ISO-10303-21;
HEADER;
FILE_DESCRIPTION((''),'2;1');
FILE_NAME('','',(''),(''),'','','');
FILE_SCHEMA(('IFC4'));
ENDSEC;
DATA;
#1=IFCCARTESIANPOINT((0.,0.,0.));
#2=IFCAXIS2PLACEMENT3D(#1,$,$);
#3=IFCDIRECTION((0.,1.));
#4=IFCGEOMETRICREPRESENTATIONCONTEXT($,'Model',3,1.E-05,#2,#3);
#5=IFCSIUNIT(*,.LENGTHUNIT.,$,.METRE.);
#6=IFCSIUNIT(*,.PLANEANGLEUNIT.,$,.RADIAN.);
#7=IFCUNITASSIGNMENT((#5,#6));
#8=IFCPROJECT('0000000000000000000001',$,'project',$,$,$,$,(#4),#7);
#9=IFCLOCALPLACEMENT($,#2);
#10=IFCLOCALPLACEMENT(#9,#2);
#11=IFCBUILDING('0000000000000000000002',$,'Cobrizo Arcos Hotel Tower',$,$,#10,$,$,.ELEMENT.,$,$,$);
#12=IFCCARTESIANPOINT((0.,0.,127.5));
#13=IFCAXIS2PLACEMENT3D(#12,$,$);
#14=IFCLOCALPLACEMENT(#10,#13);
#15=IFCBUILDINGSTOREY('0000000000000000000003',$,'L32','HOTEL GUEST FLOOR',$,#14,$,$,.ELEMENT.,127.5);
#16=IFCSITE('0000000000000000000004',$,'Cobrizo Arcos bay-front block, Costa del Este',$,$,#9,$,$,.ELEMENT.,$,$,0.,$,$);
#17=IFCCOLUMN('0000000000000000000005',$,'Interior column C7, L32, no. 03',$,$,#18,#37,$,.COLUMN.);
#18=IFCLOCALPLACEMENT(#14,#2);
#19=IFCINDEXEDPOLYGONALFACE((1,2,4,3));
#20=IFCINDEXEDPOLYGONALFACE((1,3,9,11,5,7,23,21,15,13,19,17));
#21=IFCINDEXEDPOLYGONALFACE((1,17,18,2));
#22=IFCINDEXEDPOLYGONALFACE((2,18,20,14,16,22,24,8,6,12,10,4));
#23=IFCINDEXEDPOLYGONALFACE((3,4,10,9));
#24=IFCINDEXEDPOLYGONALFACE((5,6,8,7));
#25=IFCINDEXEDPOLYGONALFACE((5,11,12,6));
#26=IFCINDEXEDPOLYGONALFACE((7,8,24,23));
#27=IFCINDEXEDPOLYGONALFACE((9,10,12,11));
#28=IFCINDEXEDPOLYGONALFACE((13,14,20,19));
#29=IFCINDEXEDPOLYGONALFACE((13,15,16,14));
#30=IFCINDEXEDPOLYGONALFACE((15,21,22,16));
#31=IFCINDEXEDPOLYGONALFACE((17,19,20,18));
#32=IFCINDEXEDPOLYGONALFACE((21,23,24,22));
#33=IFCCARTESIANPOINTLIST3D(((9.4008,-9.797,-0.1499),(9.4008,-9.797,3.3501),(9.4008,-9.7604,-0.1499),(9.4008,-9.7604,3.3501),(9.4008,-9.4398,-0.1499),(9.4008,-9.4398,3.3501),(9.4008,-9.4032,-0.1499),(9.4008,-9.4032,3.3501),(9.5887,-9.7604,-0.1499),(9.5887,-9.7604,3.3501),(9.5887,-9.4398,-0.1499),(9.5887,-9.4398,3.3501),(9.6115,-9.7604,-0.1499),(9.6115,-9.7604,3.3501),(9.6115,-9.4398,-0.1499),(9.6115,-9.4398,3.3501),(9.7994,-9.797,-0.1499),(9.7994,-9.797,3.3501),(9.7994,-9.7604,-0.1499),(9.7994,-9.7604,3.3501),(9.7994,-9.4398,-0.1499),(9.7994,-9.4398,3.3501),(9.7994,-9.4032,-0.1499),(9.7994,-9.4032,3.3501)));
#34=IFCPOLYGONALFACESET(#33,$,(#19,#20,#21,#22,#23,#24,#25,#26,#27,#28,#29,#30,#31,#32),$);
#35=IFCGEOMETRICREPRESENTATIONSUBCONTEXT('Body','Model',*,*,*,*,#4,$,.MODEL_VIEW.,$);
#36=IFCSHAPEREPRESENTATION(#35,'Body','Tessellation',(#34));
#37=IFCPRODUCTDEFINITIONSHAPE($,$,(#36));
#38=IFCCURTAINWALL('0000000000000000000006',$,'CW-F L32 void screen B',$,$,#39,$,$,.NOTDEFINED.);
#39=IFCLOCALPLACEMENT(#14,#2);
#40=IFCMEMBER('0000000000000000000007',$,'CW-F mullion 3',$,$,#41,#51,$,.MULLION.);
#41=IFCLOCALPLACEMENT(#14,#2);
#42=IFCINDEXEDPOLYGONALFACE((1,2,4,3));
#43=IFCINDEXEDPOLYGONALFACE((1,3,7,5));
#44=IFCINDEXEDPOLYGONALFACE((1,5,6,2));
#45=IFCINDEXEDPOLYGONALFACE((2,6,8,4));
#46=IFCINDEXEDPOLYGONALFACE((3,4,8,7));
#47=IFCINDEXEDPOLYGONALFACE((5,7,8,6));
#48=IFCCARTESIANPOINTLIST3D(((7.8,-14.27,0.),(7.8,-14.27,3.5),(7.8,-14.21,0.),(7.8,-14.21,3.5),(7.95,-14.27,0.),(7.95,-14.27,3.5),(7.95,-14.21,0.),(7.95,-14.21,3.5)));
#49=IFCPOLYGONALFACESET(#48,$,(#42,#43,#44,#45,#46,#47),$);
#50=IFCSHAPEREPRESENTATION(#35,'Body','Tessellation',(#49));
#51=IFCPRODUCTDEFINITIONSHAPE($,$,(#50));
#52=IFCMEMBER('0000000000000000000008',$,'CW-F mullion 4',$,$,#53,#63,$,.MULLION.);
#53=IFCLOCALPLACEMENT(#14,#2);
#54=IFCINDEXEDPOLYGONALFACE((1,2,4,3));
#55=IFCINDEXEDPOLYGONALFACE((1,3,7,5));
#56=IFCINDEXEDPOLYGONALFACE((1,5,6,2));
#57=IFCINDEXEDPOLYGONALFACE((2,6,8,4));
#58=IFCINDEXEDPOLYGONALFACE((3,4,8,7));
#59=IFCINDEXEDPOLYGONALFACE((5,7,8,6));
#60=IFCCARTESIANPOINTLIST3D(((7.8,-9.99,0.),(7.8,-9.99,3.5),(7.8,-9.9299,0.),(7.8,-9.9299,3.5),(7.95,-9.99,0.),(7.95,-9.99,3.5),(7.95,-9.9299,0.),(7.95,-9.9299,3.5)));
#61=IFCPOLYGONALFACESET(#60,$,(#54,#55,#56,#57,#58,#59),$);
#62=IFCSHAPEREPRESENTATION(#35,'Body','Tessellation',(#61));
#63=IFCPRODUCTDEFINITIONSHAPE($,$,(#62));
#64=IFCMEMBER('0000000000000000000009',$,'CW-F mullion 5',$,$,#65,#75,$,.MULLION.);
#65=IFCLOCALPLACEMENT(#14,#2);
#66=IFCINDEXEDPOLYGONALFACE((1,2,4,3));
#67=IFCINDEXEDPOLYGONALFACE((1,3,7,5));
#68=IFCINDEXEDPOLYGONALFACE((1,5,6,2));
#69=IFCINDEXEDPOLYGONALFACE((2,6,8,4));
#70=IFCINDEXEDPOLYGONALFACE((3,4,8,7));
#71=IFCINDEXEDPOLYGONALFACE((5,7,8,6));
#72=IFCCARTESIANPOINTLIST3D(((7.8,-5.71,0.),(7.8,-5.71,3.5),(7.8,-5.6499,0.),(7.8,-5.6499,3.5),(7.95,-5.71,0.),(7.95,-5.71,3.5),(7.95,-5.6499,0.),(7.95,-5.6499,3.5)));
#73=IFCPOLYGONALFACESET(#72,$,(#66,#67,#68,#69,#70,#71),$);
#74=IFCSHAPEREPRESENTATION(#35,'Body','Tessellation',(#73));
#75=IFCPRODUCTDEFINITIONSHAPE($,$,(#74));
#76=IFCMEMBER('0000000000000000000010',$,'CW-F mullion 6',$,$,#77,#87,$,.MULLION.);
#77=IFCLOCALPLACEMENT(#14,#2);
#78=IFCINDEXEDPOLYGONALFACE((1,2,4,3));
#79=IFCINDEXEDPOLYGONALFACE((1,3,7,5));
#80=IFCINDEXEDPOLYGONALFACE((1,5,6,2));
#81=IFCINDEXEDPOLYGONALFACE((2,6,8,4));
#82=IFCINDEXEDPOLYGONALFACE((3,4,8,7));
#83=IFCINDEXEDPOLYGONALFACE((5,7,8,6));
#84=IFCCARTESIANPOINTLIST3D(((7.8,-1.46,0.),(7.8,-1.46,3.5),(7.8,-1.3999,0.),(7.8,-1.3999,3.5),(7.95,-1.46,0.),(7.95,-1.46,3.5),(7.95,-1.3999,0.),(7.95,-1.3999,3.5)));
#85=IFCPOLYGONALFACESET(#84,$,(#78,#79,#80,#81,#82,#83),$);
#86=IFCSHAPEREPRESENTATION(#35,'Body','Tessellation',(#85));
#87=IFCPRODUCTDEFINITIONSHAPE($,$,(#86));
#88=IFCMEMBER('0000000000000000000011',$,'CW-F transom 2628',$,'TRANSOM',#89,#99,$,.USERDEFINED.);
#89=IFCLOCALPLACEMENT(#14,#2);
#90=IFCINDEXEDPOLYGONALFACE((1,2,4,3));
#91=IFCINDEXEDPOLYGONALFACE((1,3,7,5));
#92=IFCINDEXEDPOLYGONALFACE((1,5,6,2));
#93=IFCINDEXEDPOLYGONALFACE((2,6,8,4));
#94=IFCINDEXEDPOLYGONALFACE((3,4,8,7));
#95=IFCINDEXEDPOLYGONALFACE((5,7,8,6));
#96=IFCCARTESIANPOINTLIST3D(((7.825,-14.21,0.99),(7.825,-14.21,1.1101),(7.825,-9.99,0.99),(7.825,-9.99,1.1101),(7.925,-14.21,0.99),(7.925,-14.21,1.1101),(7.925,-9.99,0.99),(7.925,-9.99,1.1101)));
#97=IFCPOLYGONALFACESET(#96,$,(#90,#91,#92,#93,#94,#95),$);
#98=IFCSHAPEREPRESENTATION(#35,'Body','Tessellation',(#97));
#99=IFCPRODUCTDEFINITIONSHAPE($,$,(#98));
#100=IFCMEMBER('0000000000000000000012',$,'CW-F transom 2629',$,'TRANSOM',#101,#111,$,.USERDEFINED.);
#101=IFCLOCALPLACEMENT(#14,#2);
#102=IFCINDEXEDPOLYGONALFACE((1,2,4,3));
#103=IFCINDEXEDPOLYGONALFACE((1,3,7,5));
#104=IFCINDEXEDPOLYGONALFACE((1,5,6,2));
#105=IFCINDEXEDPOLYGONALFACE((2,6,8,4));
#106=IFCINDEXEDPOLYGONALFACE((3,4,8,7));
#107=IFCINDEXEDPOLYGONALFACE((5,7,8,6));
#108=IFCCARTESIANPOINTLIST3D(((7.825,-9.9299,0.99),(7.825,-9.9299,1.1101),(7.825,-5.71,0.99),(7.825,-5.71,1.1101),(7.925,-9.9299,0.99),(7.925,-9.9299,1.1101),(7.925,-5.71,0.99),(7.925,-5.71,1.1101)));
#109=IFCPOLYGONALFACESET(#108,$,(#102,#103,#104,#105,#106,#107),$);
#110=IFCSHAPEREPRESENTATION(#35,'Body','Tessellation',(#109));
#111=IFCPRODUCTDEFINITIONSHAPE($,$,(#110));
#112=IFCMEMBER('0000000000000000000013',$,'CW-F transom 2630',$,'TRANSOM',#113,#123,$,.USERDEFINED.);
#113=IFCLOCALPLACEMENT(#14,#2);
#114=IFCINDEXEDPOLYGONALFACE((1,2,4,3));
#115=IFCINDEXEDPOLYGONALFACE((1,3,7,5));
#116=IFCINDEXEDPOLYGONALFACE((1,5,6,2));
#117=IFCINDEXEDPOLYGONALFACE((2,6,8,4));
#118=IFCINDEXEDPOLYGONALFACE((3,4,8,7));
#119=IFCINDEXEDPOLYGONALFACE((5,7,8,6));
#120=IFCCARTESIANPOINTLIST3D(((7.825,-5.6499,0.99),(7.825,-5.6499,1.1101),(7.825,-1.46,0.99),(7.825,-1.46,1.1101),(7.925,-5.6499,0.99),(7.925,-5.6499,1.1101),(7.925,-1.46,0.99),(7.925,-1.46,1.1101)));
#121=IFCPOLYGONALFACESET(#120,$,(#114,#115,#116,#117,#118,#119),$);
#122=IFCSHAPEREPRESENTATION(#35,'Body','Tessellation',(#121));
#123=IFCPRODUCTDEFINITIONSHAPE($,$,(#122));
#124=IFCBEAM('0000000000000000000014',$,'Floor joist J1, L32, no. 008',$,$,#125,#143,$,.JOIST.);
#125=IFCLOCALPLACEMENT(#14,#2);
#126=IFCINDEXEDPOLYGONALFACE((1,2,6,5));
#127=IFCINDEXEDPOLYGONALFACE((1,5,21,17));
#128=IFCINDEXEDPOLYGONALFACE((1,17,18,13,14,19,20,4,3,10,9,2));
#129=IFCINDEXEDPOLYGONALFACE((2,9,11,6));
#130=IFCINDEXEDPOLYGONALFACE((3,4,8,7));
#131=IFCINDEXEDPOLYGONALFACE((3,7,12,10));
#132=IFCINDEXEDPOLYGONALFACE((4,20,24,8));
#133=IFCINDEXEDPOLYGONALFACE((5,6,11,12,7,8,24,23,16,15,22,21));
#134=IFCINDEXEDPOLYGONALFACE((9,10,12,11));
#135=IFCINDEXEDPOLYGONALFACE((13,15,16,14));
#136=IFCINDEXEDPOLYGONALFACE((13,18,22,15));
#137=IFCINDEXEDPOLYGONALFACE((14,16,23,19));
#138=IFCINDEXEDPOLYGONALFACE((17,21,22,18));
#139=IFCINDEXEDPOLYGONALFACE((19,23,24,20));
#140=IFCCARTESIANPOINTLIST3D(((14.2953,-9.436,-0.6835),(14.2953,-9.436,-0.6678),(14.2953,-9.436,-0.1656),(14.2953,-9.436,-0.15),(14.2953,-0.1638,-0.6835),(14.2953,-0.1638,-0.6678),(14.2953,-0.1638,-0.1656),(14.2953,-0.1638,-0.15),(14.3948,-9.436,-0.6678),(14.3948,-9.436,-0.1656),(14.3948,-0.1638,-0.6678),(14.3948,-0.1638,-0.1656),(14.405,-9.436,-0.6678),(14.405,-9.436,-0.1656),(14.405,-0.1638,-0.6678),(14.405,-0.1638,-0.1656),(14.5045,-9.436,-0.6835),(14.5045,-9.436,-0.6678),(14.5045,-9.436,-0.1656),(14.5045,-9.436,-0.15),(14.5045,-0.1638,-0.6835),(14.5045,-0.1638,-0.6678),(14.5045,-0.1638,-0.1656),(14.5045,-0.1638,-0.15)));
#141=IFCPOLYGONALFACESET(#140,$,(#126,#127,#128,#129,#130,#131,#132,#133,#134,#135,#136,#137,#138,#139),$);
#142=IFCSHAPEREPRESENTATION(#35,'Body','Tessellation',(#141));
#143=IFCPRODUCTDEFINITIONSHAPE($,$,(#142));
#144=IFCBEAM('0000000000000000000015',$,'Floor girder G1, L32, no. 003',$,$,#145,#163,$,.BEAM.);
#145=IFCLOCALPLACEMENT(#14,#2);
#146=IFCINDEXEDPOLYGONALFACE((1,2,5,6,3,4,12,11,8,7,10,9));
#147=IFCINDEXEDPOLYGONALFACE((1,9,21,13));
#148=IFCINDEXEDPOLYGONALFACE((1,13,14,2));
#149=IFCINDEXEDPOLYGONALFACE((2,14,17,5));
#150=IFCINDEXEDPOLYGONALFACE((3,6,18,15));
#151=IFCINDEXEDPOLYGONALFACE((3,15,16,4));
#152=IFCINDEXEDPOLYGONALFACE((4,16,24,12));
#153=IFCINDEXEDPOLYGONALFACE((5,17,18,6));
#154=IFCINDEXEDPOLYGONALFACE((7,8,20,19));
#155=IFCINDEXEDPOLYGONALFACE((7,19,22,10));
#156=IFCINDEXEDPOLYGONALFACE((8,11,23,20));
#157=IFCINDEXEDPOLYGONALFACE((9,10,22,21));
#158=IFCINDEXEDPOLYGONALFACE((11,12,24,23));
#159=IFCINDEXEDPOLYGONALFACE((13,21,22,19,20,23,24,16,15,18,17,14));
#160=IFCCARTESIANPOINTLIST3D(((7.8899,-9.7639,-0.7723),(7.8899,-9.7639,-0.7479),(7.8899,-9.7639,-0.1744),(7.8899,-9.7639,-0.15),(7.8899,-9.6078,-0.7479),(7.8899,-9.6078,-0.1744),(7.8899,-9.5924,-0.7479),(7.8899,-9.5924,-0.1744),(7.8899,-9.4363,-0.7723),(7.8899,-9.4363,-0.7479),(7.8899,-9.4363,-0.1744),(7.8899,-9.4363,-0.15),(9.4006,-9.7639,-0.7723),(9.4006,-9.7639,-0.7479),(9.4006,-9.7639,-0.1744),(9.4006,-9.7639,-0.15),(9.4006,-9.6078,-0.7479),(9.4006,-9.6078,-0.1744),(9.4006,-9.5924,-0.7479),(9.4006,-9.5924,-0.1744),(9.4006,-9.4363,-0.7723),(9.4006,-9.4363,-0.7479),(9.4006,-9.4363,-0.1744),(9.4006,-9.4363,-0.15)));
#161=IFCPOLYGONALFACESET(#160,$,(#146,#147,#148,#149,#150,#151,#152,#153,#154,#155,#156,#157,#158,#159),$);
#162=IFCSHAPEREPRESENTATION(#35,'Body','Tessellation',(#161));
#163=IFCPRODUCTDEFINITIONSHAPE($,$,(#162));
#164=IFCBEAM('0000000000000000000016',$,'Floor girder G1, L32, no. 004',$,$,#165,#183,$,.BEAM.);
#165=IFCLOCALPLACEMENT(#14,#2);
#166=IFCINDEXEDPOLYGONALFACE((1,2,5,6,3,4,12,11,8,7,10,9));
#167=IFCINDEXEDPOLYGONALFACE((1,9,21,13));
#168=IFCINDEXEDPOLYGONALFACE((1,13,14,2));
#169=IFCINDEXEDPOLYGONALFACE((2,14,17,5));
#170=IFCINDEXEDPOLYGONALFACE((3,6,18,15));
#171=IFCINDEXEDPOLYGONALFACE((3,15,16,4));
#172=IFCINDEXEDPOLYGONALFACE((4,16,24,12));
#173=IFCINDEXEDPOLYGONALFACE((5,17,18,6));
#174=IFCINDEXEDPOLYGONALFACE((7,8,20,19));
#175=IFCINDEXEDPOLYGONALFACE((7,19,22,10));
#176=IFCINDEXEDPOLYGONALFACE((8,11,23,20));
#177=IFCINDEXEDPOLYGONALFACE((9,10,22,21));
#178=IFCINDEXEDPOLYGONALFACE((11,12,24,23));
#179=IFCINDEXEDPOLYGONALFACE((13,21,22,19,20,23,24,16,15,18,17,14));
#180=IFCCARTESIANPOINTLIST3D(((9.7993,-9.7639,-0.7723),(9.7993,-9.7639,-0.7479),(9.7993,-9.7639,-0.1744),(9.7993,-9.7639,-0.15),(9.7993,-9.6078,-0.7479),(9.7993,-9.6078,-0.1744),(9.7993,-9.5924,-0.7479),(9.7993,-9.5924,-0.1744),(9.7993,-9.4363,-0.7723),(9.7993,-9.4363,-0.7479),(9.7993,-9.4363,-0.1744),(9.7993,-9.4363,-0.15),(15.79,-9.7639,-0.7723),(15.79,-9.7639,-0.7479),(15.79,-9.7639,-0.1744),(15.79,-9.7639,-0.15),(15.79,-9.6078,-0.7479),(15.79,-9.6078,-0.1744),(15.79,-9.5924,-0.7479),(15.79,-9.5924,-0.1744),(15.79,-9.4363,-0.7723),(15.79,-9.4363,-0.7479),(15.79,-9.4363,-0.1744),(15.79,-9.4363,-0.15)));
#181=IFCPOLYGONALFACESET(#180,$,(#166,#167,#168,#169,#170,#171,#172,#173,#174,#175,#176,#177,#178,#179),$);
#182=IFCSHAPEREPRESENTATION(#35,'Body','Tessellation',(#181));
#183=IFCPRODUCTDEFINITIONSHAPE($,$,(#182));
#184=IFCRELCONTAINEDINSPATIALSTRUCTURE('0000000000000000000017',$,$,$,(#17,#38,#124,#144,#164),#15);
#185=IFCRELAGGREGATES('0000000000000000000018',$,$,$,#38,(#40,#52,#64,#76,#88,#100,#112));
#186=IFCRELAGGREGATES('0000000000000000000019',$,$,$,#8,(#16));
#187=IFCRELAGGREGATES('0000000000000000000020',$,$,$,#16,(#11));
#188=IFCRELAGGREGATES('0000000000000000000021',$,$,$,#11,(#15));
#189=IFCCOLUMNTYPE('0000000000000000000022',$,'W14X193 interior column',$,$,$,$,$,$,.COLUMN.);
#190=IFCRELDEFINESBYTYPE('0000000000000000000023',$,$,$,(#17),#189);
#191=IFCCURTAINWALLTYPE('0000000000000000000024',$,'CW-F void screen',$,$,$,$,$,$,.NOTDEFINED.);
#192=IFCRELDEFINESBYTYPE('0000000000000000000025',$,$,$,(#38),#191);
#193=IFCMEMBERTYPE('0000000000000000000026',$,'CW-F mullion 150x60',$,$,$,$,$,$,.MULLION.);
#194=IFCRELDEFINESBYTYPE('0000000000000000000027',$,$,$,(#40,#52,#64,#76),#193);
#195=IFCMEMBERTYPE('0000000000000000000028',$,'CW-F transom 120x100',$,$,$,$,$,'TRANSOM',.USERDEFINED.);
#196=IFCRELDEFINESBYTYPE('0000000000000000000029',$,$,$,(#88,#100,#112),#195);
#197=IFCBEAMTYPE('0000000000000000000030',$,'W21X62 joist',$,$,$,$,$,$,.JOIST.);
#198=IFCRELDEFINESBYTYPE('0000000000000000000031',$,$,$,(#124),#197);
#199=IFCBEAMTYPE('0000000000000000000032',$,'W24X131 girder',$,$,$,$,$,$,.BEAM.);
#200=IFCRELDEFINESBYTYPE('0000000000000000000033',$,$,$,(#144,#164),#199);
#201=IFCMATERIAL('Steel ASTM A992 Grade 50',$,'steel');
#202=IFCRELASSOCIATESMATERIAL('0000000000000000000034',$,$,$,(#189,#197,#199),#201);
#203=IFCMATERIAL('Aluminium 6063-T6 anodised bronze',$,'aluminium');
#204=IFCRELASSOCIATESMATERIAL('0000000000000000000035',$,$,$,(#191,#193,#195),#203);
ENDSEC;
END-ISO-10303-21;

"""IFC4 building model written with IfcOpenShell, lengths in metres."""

from ifc_helpers import new_model, si_unit, direction, frame, origin, origin_2d, place, context, subcontext, project, spatial, rectangle, i_section, extrude, material, material_profile, profile_set, type_object, element, aggregate, save


model = new_model("IFC4")

# Units and contexts
model_context = context("Model", 3, precision=1e-05, world=origin(), true_north=direction((0.0, 1.0)))
body_context = subcontext(model_context, "Body", "Model", "MODEL_VIEW")
ifc_project = project(units=[si_unit("LENGTHUNIT", "METRE"), si_unit("PLANEANGLEUNIT", "RADIAN")], contexts=[model_context])

# Site, building, storey
site_placement = place(None, origin())
site = spatial("IfcSite", under=ifc_project, at=site_placement, Name="Cobrizo Arcos bay-front block, Costa del Este", CompositionType="ELEMENT", RefElevation=0.0)
building_placement = place(site_placement, origin())
building = spatial("IfcBuilding", under=site, at=building_placement, Name="Cobrizo Arcos Hotel Tower", CompositionType="ELEMENT")
storey_placement = place(building_placement, frame((0.0, 0.0, 127.5)))
storey = spatial("IfcBuildingStorey", under=building, at=storey_placement, Name="L32", Description="HOTEL GUEST FLOOR", CompositionType="ELEMENT", Elevation=127.5)

# Column
ifc_material_1 = material(Name="Steel ASTM A992 Grade 50", Category="steel")
ifc_material_profile_1 = material_profile(ifc_material_1, i_section(OverallWidth=0.3987, OverallDepth=0.3938, WebThickness=0.0227, FlangeThickness=0.0366, at=origin_2d()), Name="W14X193")
ifc_profile_set_1 = profile_set([ifc_material_profile_1], Name="Steel ASTM A992 Grade 50")
column_type = type_object("IfcColumnType", Name="W14X193 interior column", PredefinedType="COLUMN", material=ifc_profile_set_1)
column_placement = place(storey_placement, frame((9.6001, -9.6001, -0.1499), z_axis=(0.0, 0.0, 1.0), x_axis=(1.0, 0.0, 0.0)))
element("IfcColumn", 1, at=column_placement, inside=storey, type_object=column_type, Name="Interior column C7, L32, no. 03", PredefinedType="COLUMN", context=body_context, shape_type="SweptSolid", body=[
    extrude(i_section(OverallWidth=0.3987, OverallDepth=0.3938, WebThickness=0.0227, FlangeThickness=0.0366, at=origin_2d()), origin(), (0.0, 0.0, 1.0), 3.5),
])

# Curtain wall, members
ifc_material_2 = material(Name="Aluminium 6063-T6 anodised bronze", Category="aluminium")
curtain_wall_type = type_object("IfcCurtainWallType", Name="CW-F void screen", PredefinedType="NOTDEFINED", material=ifc_material_2)
curtain_wall_placement = place(storey_placement, origin())
curtain_wall = element("IfcCurtainWall", 2, at=curtain_wall_placement, inside=storey, type_object=curtain_wall_type, Name="CW-F L32 void screen B", PredefinedType="NOTDEFINED")
ifc_material_profile_2 = material_profile(ifc_material_2, rectangle(XDim=0.1499, YDim=0.0601, at=origin_2d()), Name="CW-F mullion 150x60")
ifc_profile_set_2 = profile_set([ifc_material_profile_2], Name="Aluminium 6063-T6 anodised bronze")
member_type_1 = type_object("IfcMemberType", Name="CW-F mullion 150x60", PredefinedType="MULLION", material=ifc_profile_set_2)
member_1_placement = place(storey_placement, frame((7.875, -14.24, 0.0), z_axis=(0.0, 0.0, 1.0), x_axis=(1.0, 0.0, 0.0)))
member_1 = element("IfcMember", 3, at=member_1_placement, type_object=member_type_1, Name="CW-F mullion 3", PredefinedType="MULLION", context=body_context, shape_type="SweptSolid", body=[
    extrude(rectangle(XDim=0.1499, YDim=0.0601, at=origin_2d()), origin(), (0.0, 0.0, 1.0), 3.5),
])
member_2_placement = place(storey_placement, frame((7.875, -9.96, 0.0), z_axis=(0.0, 0.0, 1.0), x_axis=(1.0, 0.0, 0.0)))
member_2 = element("IfcMember", 4, at=member_2_placement, type_object=member_type_1, Name="CW-F mullion 4", PredefinedType="MULLION", context=body_context, shape_type="SweptSolid", body=[
    extrude(rectangle(XDim=0.1499, YDim=0.0601, at=origin_2d()), origin(), (0.0, 0.0, 1.0), 3.5),
])
member_3_placement = place(storey_placement, frame((7.875, -5.6799, 0.0), z_axis=(0.0, 0.0, 1.0), x_axis=(1.0, 0.0, 0.0)))
member_3 = element("IfcMember", 5, at=member_3_placement, type_object=member_type_1, Name="CW-F mullion 5", PredefinedType="MULLION", context=body_context, shape_type="SweptSolid", body=[
    extrude(rectangle(XDim=0.1499, YDim=0.0601, at=origin_2d()), origin(), (0.0, 0.0, 1.0), 3.5),
])
member_4_placement = place(storey_placement, frame((7.875, -1.4299, 0.0), z_axis=(0.0, 0.0, 1.0), x_axis=(1.0, 0.0, 0.0)))
member_4 = element("IfcMember", 6, at=member_4_placement, type_object=member_type_1, Name="CW-F mullion 6", PredefinedType="MULLION", context=body_context, shape_type="SweptSolid", body=[
    extrude(rectangle(XDim=0.1499, YDim=0.0601, at=origin_2d()), origin(), (0.0, 0.0, 1.0), 3.5),
])
ifc_material_profile_3 = material_profile(ifc_material_2, rectangle(XDim=0.1001, YDim=0.1201, at=origin_2d()), Name="CW-F transom 120x100")
ifc_profile_set_3 = profile_set([ifc_material_profile_3], Name="Aluminium 6063-T6 anodised bronze")
member_type_2 = type_object("IfcMemberType", Name="CW-F transom 120x100", ElementType="TRANSOM", PredefinedType="USERDEFINED", material=ifc_profile_set_3)
member_5_placement = place(storey_placement, frame((7.875, -14.21, 1.05), z_axis=(0.0, 1.0, 0.0), x_axis=(-1.0, 0.0, 0.0)))
member_5 = element("IfcMember", 7, at=member_5_placement, type_object=member_type_2, Name="CW-F transom 2628", ObjectType="TRANSOM", PredefinedType="USERDEFINED", context=body_context, shape_type="SweptSolid", body=[
    extrude(rectangle(XDim=0.1001, YDim=0.1201, at=origin_2d()), origin(), (0.0, 0.0, 1.0), 4.22),
])
member_6_placement = place(storey_placement, frame((7.875, -9.9299, 1.05), z_axis=(0.0, 1.0, 0.0), x_axis=(-1.0, 0.0, 0.0)))
member_6 = element("IfcMember", 8, at=member_6_placement, type_object=member_type_2, Name="CW-F transom 2629", ObjectType="TRANSOM", PredefinedType="USERDEFINED", context=body_context, shape_type="SweptSolid", body=[
    extrude(rectangle(XDim=0.1001, YDim=0.1201, at=origin_2d()), origin(), (0.0, 0.0, 1.0), 4.22),
])
member_7_placement = place(storey_placement, frame((7.875, -5.6499, 1.05), z_axis=(0.0, 1.0, 0.0), x_axis=(-1.0, 0.0, 0.0)))
member_7 = element("IfcMember", 9, at=member_7_placement, type_object=member_type_2, Name="CW-F transom 2630", ObjectType="TRANSOM", PredefinedType="USERDEFINED", context=body_context, shape_type="SweptSolid", body=[
    extrude(rectangle(XDim=0.1001, YDim=0.1201, at=origin_2d()), origin(), (0.0, 0.0, 1.0), 4.1899),
])

# Beams
ifc_material_profile_4 = material_profile(ifc_material_1, i_section(OverallWidth=0.2092, OverallDepth=0.5334, WebThickness=0.0103, FlangeThickness=0.0156, at=origin_2d()), Name="W21X62")
ifc_profile_set_4 = profile_set([ifc_material_profile_4], Name="Steel ASTM A992 Grade 50")
beam_type_1 = type_object("IfcBeamType", Name="W21X62 joist", PredefinedType="JOIST", material=ifc_profile_set_4)
beam_1_placement = place(storey_placement, frame((14.3999, -9.436, -0.4167), z_axis=(0.0, 1.0, 0.0), x_axis=(-1.0, 0.0, 0.0)))
element("IfcBeam", 10, at=beam_1_placement, inside=storey, type_object=beam_type_1, Name="Floor joist J1, L32, no. 008", PredefinedType="JOIST", context=body_context, shape_type="SweptSolid", body=[
    extrude(i_section(OverallWidth=0.2092, OverallDepth=0.5334, WebThickness=0.0103, FlangeThickness=0.0156, at=origin_2d()), origin(), (0.0, 0.0, 1.0), 9.2722),
])
ifc_material_profile_5 = material_profile(ifc_material_1, i_section(OverallWidth=0.3276, OverallDepth=0.6223, WebThickness=0.0154, FlangeThickness=0.0244, at=origin_2d()), Name="W24X131")
ifc_profile_set_5 = profile_set([ifc_material_profile_5], Name="Steel ASTM A992 Grade 50")
beam_type_2 = type_object("IfcBeamType", Name="W24X131 girder", PredefinedType="BEAM", material=ifc_profile_set_5)
beam_2_placement = place(storey_placement, frame((7.8899, -9.6001, -0.4612), z_axis=(1.0, 0.0, 0.0), x_axis=(0.0, 1.0, 0.0)))
element("IfcBeam", 11, at=beam_2_placement, inside=storey, type_object=beam_type_2, Name="Floor girder G1, L32, no. 003", PredefinedType="BEAM", context=body_context, shape_type="SweptSolid", body=[
    extrude(i_section(OverallWidth=0.3276, OverallDepth=0.6223, WebThickness=0.0154, FlangeThickness=0.0244, at=origin_2d()), origin(), (0.0, 0.0, 1.0), 1.5107),
])
beam_3_placement = place(storey_placement, frame((9.7993, -9.6001, -0.4612), z_axis=(1.0, 0.0, 0.0), x_axis=(0.0, 1.0, 0.0)))
element("IfcBeam", 12, at=beam_3_placement, inside=storey, type_object=beam_type_2, Name="Floor girder G1, L32, no. 004", PredefinedType="BEAM", context=body_context, shape_type="SweptSolid", body=[
    extrude(i_section(OverallWidth=0.3276, OverallDepth=0.6223, WebThickness=0.0154, FlangeThickness=0.0244, at=origin_2d()), origin(), (0.0, 0.0, 1.0), 5.9907),
])

aggregate(curtain_wall, [member_1, member_2, member_3, member_4, member_5, member_6, member_7])

save(model, "model.ifc")
